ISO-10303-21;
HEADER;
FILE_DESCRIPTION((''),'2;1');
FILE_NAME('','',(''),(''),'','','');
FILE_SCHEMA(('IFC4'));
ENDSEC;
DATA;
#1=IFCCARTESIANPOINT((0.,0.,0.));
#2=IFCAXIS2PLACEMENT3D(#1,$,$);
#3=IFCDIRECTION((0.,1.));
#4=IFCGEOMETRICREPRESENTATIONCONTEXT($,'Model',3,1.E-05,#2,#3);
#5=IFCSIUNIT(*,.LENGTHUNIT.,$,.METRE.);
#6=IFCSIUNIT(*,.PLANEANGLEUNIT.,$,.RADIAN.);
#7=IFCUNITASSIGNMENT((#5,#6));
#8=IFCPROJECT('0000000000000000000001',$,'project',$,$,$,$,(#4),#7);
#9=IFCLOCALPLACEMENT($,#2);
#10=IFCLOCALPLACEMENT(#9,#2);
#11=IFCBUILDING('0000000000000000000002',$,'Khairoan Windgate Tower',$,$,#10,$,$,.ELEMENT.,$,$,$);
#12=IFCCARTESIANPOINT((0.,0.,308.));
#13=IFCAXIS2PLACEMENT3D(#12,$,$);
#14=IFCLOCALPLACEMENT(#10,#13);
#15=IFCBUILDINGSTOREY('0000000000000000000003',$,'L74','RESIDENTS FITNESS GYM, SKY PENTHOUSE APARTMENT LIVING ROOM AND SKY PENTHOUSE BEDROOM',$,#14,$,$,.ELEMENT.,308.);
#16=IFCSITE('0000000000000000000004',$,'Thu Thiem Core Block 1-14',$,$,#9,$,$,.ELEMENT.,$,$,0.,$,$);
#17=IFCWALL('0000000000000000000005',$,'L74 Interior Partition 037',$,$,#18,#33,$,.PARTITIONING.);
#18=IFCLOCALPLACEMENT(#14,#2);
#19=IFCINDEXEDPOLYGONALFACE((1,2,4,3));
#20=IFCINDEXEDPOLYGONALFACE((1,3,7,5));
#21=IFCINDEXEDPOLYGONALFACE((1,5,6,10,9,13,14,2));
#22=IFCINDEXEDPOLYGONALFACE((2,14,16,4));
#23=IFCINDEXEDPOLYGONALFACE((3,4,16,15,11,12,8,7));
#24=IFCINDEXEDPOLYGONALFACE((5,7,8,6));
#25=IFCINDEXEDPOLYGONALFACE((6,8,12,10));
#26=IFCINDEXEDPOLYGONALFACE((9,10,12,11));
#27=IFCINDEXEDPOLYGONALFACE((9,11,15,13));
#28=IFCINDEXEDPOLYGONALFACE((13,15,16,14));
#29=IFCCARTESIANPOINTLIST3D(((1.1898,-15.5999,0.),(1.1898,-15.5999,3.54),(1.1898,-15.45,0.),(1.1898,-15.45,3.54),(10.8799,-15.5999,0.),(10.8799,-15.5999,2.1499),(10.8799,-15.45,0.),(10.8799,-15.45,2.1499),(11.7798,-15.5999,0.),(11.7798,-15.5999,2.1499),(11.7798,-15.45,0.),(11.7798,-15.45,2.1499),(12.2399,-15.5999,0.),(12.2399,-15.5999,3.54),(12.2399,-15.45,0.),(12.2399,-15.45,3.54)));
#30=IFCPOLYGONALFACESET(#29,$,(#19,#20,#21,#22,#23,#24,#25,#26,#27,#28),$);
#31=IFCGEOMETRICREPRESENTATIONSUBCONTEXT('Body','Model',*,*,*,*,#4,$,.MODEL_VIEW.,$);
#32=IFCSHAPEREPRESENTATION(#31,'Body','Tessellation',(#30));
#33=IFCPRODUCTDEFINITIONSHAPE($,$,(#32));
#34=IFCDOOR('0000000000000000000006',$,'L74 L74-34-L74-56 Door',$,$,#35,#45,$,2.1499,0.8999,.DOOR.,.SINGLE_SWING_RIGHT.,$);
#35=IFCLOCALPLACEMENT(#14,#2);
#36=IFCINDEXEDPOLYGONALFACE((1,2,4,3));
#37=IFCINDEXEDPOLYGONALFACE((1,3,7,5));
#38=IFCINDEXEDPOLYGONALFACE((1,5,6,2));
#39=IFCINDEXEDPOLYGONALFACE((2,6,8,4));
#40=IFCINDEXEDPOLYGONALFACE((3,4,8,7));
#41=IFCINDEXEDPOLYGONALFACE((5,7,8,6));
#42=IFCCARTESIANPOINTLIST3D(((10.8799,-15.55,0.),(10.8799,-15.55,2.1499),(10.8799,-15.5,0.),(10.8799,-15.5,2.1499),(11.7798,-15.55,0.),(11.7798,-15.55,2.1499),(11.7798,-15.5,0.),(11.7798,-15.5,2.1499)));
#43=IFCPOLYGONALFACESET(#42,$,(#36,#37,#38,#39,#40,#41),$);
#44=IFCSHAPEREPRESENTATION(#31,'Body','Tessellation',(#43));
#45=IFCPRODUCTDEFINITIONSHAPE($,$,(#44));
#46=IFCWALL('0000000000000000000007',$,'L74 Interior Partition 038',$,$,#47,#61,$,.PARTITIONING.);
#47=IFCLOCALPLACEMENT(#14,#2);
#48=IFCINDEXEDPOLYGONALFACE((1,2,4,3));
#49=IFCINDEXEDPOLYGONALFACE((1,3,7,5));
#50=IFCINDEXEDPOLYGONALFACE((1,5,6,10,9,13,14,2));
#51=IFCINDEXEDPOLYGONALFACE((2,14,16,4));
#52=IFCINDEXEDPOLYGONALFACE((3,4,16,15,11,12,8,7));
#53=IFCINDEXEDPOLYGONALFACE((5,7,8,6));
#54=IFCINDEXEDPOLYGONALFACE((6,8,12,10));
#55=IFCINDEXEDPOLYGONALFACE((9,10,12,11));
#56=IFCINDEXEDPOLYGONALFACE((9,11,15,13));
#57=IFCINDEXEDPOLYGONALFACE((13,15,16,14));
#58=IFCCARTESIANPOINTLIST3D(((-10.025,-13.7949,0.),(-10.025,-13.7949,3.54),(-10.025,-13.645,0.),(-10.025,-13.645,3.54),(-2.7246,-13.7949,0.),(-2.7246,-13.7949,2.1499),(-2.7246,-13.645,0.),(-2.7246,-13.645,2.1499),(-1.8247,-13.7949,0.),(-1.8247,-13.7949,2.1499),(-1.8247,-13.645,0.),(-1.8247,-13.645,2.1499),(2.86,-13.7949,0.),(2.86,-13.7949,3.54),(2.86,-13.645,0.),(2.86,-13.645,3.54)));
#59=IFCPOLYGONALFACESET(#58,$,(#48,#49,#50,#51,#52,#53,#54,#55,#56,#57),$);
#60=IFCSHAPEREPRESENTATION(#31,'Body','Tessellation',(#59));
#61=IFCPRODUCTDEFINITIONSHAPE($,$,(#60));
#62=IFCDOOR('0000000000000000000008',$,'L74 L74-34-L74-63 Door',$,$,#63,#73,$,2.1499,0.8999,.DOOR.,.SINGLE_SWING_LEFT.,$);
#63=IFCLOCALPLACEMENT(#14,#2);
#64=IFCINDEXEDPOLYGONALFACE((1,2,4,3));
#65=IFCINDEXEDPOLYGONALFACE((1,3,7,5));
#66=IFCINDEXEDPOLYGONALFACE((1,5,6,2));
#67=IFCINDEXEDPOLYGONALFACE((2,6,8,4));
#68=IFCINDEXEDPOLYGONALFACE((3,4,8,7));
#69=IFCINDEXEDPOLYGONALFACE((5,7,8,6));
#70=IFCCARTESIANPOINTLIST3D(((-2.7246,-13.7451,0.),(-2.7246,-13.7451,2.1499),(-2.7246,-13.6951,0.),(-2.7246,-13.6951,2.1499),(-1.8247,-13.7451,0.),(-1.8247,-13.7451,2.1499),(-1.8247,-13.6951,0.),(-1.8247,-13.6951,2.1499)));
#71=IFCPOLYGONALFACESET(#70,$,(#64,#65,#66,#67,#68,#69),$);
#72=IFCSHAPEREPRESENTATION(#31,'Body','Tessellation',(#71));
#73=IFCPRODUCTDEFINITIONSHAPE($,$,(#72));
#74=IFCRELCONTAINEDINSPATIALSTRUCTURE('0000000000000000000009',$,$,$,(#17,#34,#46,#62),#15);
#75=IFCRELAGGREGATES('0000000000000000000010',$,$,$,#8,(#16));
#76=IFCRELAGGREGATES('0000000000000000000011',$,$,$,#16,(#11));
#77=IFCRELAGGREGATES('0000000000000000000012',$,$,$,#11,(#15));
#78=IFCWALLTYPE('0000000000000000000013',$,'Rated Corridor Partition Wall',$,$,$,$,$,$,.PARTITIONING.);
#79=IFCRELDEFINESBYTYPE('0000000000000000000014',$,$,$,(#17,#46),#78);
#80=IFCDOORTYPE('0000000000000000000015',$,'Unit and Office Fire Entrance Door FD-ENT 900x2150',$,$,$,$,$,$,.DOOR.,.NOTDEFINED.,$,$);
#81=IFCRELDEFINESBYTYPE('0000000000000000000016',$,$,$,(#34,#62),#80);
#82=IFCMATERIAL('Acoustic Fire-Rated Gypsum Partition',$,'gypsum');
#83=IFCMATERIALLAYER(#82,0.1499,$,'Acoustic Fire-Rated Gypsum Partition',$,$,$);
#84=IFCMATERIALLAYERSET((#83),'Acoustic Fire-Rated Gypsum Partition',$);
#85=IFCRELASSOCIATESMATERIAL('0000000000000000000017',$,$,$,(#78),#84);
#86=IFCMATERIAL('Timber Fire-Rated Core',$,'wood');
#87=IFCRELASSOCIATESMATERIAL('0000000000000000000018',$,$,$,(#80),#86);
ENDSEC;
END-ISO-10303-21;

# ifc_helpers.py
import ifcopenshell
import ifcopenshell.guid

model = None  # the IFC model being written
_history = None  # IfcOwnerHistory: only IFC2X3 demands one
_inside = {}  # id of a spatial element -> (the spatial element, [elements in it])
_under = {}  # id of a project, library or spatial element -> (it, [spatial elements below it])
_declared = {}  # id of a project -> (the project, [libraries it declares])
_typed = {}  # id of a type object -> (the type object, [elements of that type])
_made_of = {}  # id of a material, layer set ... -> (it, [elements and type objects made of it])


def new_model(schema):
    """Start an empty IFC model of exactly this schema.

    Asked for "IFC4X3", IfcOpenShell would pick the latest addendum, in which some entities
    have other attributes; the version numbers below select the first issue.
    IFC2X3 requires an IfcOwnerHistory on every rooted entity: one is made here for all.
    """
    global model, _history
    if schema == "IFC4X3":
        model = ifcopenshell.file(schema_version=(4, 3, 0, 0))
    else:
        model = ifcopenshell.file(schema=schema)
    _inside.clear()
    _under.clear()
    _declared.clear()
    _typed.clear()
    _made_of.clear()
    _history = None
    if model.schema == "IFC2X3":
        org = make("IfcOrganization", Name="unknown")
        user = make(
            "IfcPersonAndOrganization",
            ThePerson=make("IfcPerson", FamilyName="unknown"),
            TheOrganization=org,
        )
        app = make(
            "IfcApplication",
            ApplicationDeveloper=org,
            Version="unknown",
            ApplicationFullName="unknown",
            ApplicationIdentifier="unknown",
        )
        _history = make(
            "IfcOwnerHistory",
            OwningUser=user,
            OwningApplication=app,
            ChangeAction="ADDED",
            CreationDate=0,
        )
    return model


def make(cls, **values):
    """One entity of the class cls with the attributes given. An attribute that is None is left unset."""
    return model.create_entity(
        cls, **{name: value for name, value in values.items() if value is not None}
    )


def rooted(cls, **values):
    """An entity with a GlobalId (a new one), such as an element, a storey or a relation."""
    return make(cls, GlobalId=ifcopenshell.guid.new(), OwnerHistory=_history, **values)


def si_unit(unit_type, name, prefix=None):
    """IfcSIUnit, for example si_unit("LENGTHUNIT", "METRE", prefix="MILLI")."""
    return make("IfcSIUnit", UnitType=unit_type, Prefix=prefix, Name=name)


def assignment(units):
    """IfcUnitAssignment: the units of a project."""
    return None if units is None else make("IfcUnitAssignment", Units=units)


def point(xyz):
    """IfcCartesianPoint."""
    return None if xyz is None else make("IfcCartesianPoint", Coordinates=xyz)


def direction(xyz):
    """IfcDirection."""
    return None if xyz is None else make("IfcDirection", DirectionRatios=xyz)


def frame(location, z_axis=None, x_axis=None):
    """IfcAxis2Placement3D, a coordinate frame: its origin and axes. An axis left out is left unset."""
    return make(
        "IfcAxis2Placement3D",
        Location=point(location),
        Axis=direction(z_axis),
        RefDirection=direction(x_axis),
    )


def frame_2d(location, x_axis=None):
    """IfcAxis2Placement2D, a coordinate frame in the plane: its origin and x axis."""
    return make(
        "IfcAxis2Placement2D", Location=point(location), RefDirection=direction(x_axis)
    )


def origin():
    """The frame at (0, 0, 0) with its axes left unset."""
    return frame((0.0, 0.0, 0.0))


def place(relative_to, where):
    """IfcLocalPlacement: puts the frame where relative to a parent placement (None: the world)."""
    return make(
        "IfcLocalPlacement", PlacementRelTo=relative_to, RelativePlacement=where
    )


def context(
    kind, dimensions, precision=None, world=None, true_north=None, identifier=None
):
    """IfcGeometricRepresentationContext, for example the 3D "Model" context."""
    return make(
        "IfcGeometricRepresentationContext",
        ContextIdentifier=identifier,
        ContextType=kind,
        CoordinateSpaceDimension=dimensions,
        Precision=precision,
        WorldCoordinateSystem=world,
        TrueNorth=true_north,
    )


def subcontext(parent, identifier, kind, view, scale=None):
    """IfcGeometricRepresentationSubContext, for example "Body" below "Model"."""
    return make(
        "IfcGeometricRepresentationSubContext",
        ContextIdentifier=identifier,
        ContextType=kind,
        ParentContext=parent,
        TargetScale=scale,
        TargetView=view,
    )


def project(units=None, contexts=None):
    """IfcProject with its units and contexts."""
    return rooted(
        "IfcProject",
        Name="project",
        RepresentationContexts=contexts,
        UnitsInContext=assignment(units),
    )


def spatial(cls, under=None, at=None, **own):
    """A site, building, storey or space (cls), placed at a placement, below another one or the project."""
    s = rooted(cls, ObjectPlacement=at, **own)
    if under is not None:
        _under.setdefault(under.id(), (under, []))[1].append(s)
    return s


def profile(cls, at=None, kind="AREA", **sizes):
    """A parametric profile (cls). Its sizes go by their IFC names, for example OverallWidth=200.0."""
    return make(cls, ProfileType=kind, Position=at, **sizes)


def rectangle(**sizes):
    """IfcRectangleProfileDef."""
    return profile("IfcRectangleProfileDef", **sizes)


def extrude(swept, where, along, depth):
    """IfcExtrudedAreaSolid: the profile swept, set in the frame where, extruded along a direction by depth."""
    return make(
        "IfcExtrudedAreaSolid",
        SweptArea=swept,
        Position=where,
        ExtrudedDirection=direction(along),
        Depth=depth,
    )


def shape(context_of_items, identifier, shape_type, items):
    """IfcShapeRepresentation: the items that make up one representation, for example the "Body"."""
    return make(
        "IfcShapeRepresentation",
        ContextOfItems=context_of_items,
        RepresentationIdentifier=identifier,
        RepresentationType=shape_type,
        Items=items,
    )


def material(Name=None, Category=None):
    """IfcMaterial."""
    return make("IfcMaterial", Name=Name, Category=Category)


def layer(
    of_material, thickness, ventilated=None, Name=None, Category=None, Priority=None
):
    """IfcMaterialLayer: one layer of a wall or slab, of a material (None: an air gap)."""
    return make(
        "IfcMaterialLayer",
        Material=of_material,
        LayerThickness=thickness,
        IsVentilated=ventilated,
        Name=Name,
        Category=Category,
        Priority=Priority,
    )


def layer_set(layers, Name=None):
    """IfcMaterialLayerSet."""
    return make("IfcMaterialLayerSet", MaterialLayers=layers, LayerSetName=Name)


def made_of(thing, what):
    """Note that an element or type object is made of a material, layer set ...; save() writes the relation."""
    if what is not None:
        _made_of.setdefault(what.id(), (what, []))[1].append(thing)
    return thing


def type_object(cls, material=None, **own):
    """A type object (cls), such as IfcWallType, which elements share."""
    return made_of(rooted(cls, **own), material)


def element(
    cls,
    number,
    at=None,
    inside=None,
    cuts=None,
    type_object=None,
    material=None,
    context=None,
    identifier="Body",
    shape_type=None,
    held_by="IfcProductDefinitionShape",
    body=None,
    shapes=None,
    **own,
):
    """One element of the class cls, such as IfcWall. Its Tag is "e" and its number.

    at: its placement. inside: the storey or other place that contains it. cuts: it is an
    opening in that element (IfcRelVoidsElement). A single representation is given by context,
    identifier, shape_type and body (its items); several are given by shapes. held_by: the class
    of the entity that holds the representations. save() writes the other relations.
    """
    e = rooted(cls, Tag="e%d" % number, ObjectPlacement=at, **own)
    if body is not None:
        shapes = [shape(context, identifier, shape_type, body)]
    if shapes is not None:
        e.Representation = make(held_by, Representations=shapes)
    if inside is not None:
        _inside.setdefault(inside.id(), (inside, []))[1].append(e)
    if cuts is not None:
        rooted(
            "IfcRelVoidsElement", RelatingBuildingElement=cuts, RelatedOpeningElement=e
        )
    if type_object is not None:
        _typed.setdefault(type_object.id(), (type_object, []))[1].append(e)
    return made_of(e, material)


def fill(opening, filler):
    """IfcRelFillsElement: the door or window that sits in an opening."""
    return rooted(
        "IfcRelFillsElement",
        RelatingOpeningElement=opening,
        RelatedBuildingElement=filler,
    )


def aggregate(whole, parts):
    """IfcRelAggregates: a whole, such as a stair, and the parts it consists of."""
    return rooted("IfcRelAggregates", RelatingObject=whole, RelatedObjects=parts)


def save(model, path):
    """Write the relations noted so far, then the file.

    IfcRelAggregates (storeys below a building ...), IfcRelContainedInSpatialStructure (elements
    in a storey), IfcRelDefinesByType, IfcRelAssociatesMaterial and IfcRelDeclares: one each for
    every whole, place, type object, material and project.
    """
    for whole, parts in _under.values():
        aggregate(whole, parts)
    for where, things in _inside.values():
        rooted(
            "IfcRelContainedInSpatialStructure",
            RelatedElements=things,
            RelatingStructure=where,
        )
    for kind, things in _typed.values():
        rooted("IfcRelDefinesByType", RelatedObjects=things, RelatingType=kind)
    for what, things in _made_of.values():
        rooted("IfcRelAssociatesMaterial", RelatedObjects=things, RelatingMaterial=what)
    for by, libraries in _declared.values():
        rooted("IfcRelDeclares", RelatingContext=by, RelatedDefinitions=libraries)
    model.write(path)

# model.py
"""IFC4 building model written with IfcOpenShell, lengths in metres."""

from ifc_helpers import new_model, si_unit, direction, frame, frame_2d, origin, place, context, subcontext, project, spatial, rectangle, extrude, material, layer, layer_set, type_object, element, fill, save


model = new_model("IFC4")

# Units and contexts
model_context = context("Model", 3, precision=1e-05, world=origin(), true_north=direction((0.0, 1.0)))
body_context = subcontext(model_context, "Body", "Model", "MODEL_VIEW")
ifc_project = project(units=[si_unit("LENGTHUNIT", "METRE"), si_unit("PLANEANGLEUNIT", "RADIAN")], contexts=[model_context])

# Site, building, storey
site_placement = place(None, origin())
site = spatial("IfcSite", under=ifc_project, at=site_placement, Name="Thu Thiem Core Block 1-14", CompositionType="ELEMENT", RefElevation=0.0)
building_placement = place(site_placement, origin())
building = spatial("IfcBuilding", under=site, at=building_placement, Name="Khairoan Windgate Tower", CompositionType="ELEMENT")
storey_placement = place(building_placement, frame((0.0, 0.0, 308.0)))
storey = spatial("IfcBuildingStorey", under=building, at=storey_placement, Name="L74", Description="RESIDENTS FITNESS GYM, SKY PENTHOUSE APARTMENT LIVING ROOM AND SKY PENTHOUSE BEDROOM", CompositionType="ELEMENT", Elevation=308.0)

# Walls, openings, doors
ifc_material_1 = material(Name="Acoustic Fire-Rated Gypsum Partition", Category="gypsum")
ifc_layer_1 = layer(ifc_material_1, 0.1499, Name="Acoustic Fire-Rated Gypsum Partition")
ifc_layer_set_1 = layer_set([ifc_layer_1], Name="Acoustic Fire-Rated Gypsum Partition")
wall_type_1 = type_object("IfcWallType", Name="Rated Corridor Partition Wall", PredefinedType="PARTITIONING", material=ifc_layer_set_1)
ifc_material_2 = material(Name="Timber Fire-Rated Core", Category="wood")
door_type_1 = type_object("IfcDoorType", Name="Unit and Office Fire Entrance Door FD-ENT 900x2150", OperationType="NOTDEFINED", PredefinedType="DOOR", material=ifc_material_2)
wall_1_placement = place(storey_placement, frame((1.1899, -15.5249, 0.0), z_axis=(0.0, 0.0, 1.0), x_axis=(1.0, 0.0, 0.0)))
wall_1 = element("IfcWall", 1, at=wall_1_placement, inside=storey, type_object=wall_type_1, Name="L74 Interior Partition 037", PredefinedType="PARTITIONING", context=body_context, shape_type="SweptSolid", body=[
    extrude(rectangle(XDim=11.05, YDim=0.1499, at=frame_2d((5.5249, 0.0))), origin(), (0.0, 0.0, 1.0), 3.54),
])
opening_1_placement = place(wall_1_placement, frame((9.6899, 0.0, 0.0)))
opening_1 = element("IfcOpeningElement", 2, at=opening_1_placement, cuts=wall_1, PredefinedType="OPENING", context=body_context, shape_type="SweptSolid", body=[
    extrude(rectangle(XDim=0.8999, YDim=2.1499, at=frame_2d((0.45, 1.075))), frame((0.0, 0.085, 0.0), z_axis=(0.0, -1.0, 0.0), x_axis=(1.0, 0.0, 0.0)), (0.0, 0.0, 1.0), 0.1699),
])
door_1_placement = place(opening_1_placement, origin())
door_1 = element("IfcDoor", 3, at=door_1_placement, inside=storey, type_object=door_type_1, Name="L74 L74-34-L74-56 Door", OperationType="SINGLE_SWING_RIGHT", OverallHeight=2.1499, OverallWidth=0.8999, PredefinedType="DOOR", context=body_context, shape_type="SweptSolid", body=[
    extrude(rectangle(XDim=0.8999, YDim=2.1499, at=frame_2d((0.45, 1.075))), frame((0.0, 0.0249, 0.0), z_axis=(0.0, -1.0, 0.0), x_axis=(1.0, 0.0, 0.0)), (0.0, 0.0, 1.0), 0.05),
])
fill(opening_1, door_1)
wall_2_placement = place(storey_placement, frame((-10.0249, -13.72, 0.0), z_axis=(0.0, 0.0, 1.0), x_axis=(1.0, 0.0, 0.0)))
wall_2 = element("IfcWall", 4, at=wall_2_placement, inside=storey, type_object=wall_type_1, Name="L74 Interior Partition 038", PredefinedType="PARTITIONING", context=body_context, shape_type="SweptSolid", body=[
    extrude(rectangle(XDim=12.885, YDim=0.1499, at=frame_2d((6.4424, 0.0))), origin(), (0.0, 0.0, 1.0), 3.54),
])
opening_2_placement = place(wall_2_placement, frame((7.3003, 0.0, 0.0)))
opening_2 = element("IfcOpeningElement", 5, at=opening_2_placement, cuts=wall_2, PredefinedType="OPENING", context=body_context, shape_type="SweptSolid", body=[
    extrude(rectangle(XDim=0.8999, YDim=2.1499, at=frame_2d((0.45, 1.075))), frame((0.0, 0.085, 0.0), z_axis=(0.0, -1.0, 0.0), x_axis=(1.0, 0.0, 0.0)), (0.0, 0.0, 1.0), 0.1699),
])
door_2_placement = place(opening_2_placement, origin())
door_2 = element("IfcDoor", 6, at=door_2_placement, inside=storey, type_object=door_type_1, Name="L74 L74-34-L74-63 Door", OperationType="SINGLE_SWING_LEFT", OverallHeight=2.1499, OverallWidth=0.8999, PredefinedType="DOOR", context=body_context, shape_type="SweptSolid", body=[
    extrude(rectangle(XDim=0.8999, YDim=2.1499, at=frame_2d((0.45, 1.075))), frame((0.0, 0.0249, 0.0), z_axis=(0.0, -1.0, 0.0), x_axis=(1.0, 0.0, 0.0)), (0.0, 0.0, 1.0), 0.05),
])
fill(opening_2, door_2)

save(model, "model.ifc")
